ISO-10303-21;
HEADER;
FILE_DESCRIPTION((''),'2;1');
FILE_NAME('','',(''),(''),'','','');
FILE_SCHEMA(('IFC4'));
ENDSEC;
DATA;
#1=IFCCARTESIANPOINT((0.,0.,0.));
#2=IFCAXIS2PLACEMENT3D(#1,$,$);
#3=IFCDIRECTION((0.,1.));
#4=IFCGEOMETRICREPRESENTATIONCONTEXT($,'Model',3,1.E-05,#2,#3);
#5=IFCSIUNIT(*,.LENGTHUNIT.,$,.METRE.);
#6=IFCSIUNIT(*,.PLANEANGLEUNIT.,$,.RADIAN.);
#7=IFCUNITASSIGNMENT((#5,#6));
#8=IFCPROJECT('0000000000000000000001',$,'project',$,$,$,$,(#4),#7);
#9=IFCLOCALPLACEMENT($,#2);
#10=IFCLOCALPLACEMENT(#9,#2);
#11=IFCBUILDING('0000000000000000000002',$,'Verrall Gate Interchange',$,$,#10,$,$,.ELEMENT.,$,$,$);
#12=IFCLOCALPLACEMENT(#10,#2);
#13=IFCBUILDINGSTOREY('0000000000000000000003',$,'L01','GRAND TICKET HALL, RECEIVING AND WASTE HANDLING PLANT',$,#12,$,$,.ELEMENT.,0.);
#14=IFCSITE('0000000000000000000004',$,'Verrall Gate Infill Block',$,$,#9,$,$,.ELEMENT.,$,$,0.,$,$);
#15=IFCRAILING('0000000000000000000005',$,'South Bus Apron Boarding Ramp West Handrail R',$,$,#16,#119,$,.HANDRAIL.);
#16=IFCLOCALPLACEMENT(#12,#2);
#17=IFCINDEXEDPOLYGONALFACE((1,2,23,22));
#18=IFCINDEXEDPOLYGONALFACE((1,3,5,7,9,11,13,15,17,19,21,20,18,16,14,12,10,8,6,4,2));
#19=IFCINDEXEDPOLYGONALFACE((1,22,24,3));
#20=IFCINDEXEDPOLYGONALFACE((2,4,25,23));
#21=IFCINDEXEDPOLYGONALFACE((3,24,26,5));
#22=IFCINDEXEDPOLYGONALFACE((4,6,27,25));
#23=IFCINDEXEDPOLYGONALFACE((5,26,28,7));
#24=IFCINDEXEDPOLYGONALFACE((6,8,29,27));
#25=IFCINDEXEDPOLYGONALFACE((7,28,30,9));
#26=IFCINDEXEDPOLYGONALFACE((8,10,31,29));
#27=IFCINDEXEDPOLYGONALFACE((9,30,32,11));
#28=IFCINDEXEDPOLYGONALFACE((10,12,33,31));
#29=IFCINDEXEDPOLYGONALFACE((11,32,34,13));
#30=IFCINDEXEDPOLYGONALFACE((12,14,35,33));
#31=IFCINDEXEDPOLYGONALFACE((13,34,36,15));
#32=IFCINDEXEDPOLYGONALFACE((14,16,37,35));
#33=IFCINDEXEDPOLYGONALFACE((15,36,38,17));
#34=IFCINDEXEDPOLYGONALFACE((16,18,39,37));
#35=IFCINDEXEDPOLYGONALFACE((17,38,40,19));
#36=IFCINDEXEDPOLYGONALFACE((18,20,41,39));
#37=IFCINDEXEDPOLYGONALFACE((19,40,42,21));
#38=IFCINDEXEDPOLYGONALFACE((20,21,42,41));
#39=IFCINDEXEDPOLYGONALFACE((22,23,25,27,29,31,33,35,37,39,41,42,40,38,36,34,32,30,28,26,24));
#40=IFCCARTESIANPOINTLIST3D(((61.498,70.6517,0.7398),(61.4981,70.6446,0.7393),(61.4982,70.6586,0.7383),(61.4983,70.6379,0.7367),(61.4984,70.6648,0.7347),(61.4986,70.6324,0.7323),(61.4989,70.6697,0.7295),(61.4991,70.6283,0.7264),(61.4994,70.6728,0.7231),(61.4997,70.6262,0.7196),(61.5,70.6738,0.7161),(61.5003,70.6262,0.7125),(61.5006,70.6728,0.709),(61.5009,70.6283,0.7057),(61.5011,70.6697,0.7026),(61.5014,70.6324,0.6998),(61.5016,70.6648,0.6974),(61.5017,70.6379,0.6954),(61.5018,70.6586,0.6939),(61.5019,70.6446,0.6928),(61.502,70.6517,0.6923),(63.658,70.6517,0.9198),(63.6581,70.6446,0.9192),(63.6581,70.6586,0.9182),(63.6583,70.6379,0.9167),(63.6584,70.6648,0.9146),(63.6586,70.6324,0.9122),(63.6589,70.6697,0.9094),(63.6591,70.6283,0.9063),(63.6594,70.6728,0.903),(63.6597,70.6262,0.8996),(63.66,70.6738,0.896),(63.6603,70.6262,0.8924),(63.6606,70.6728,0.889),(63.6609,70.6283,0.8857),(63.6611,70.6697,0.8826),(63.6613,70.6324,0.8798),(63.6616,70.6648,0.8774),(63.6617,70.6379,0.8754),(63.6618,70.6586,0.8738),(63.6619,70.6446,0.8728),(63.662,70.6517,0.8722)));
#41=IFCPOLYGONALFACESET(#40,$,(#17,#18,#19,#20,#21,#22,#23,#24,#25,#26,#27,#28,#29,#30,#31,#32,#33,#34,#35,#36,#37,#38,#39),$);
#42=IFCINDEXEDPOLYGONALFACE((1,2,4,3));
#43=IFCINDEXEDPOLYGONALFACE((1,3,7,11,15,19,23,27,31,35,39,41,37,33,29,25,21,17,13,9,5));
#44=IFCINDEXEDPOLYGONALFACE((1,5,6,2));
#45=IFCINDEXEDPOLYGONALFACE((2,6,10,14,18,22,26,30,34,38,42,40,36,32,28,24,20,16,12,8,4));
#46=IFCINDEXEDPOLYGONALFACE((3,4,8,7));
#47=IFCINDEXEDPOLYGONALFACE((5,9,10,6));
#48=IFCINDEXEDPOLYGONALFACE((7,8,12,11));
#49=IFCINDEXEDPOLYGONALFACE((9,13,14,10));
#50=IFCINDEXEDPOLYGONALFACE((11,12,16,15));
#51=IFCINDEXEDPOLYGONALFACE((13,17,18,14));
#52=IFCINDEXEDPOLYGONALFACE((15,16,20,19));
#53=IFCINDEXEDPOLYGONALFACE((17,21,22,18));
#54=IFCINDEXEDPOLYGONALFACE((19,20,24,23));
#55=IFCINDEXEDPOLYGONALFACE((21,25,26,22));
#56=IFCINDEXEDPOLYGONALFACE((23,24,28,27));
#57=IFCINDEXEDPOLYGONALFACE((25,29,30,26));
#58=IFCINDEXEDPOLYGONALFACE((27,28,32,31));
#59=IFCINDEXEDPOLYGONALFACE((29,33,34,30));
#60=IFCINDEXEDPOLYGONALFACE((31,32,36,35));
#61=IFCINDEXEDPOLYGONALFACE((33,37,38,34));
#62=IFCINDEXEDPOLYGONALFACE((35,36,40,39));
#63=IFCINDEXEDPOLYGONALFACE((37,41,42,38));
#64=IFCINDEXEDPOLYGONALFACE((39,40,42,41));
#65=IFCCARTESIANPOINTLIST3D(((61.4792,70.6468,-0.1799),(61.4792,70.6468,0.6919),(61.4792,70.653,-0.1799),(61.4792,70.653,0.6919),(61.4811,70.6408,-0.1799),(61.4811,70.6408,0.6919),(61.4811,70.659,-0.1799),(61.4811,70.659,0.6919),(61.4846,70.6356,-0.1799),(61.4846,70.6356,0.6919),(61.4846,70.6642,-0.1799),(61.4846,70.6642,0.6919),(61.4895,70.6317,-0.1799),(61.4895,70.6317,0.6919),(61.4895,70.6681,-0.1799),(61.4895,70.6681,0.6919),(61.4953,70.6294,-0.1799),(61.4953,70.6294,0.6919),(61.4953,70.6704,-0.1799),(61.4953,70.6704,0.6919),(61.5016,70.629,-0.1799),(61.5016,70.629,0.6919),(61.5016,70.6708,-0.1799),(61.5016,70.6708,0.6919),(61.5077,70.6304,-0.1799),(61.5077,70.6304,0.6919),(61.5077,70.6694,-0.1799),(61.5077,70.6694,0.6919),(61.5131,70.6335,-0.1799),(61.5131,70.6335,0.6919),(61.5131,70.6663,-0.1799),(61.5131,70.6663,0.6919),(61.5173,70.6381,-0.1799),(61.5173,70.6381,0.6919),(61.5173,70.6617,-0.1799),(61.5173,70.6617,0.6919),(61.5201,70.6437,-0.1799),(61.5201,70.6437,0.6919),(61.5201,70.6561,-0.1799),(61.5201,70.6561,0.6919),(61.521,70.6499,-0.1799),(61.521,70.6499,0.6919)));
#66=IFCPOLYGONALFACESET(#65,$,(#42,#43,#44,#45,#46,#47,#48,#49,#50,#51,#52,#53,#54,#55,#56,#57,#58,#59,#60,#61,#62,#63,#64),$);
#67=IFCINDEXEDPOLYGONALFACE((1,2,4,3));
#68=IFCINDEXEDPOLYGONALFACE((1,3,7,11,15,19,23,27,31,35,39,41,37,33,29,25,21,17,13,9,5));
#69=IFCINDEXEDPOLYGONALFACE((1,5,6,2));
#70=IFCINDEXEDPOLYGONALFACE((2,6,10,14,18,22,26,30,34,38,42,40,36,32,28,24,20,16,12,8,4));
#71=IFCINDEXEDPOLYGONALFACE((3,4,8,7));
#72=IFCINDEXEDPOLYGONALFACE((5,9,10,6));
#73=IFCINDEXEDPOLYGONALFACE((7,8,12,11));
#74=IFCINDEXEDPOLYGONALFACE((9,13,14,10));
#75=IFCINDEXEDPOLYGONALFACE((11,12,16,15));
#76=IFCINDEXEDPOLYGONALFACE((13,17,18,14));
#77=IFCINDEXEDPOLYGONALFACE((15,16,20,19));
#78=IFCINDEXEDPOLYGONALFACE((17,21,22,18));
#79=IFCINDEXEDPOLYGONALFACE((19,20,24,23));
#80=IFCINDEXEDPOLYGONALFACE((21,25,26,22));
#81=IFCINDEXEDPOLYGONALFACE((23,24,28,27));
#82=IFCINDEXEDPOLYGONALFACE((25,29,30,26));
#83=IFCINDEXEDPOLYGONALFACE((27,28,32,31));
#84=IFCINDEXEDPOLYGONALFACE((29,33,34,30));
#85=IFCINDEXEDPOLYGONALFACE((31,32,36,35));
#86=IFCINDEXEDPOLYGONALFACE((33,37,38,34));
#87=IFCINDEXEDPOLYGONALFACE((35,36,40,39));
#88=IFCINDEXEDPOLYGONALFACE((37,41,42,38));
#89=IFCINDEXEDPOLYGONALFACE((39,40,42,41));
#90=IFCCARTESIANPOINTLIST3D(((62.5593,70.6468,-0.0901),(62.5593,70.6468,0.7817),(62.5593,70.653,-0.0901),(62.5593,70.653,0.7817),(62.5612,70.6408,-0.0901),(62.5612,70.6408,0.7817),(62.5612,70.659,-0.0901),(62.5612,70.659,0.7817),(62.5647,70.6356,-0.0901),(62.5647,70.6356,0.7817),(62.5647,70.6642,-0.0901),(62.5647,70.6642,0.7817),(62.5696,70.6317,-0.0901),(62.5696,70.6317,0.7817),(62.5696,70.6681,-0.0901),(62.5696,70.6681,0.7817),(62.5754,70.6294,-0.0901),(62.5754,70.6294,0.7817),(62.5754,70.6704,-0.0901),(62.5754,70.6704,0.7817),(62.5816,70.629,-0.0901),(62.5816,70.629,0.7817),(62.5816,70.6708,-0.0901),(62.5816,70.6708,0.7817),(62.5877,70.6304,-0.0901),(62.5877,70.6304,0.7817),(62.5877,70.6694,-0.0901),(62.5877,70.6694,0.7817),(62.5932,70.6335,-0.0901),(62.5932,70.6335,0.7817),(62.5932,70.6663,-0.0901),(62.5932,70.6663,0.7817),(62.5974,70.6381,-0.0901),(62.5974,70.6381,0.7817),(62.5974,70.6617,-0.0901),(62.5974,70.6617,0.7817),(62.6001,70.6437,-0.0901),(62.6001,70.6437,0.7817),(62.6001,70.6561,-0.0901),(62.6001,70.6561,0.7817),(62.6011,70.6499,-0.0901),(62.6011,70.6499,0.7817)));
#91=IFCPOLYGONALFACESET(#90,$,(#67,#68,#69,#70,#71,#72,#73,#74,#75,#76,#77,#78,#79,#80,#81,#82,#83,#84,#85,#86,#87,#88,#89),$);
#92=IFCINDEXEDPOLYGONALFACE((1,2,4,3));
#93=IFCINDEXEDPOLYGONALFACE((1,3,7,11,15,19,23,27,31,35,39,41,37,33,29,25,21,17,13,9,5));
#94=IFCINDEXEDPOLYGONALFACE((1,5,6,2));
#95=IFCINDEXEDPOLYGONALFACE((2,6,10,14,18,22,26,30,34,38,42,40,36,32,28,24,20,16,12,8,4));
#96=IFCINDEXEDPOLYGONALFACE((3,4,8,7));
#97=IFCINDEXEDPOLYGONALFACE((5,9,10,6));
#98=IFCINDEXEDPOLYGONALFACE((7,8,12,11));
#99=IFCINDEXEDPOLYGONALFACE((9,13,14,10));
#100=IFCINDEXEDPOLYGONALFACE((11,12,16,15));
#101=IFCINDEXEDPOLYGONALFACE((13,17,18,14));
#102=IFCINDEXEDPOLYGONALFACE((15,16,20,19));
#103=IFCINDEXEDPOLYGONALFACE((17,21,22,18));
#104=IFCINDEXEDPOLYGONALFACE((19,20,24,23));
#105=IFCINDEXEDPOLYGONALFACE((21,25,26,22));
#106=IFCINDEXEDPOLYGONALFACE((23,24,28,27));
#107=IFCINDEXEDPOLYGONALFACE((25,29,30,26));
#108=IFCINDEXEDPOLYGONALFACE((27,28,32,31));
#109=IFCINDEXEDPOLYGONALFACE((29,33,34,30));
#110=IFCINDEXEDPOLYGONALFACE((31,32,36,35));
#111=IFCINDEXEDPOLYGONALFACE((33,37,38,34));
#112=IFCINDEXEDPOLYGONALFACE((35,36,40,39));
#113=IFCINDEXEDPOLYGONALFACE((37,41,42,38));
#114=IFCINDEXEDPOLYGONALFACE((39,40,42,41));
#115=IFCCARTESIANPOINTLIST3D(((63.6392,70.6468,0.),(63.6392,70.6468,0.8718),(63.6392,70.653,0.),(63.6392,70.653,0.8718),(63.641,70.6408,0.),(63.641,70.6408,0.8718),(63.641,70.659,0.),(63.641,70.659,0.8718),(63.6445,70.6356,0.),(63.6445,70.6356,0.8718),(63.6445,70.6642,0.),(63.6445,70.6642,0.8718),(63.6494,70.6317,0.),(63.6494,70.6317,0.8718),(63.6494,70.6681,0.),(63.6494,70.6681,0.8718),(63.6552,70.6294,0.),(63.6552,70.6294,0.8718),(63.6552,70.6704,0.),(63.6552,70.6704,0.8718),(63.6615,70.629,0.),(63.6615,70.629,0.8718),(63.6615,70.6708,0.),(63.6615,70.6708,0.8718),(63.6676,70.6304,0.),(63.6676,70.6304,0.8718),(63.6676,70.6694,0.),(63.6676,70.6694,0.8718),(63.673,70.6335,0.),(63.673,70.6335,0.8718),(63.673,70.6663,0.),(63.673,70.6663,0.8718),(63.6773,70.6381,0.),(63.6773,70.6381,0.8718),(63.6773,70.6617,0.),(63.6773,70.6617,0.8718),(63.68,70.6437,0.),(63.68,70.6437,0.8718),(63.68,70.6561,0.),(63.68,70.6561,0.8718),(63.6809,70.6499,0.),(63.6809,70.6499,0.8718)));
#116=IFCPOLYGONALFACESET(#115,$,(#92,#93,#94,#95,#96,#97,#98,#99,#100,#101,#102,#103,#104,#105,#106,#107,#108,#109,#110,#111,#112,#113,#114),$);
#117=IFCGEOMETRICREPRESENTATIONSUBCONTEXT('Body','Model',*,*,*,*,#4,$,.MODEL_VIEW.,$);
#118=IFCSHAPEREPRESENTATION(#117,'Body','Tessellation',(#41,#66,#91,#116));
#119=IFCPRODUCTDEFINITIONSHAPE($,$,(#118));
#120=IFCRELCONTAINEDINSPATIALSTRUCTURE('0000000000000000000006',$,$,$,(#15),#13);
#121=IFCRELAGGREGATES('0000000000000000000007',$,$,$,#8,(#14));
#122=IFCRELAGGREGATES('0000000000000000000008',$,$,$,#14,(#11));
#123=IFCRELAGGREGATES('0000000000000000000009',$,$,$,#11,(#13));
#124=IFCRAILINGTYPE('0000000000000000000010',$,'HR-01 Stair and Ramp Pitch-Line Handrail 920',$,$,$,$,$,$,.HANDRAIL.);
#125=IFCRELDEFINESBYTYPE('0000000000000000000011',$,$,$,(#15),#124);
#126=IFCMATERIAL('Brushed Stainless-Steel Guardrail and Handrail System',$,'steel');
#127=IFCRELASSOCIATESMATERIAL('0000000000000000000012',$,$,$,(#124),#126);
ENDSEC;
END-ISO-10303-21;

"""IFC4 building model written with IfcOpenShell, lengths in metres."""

from ifc_helpers import new_model, si_unit, direction, frame, origin, origin_2d, place, context, subcontext, project, spatial, circle, extrude, material, type_object, element, save


model = new_model("IFC4")

# Units and contexts
model_context = context("Model", 3, precision=1e-05, world=origin(), true_north=direction((0.0, 1.0)))
body_context = subcontext(model_context, "Body", "Model", "MODEL_VIEW")
ifc_project = project(units=[si_unit("LENGTHUNIT", "METRE"), si_unit("PLANEANGLEUNIT", "RADIAN")], contexts=[model_context])

# Site, building, storey
site_placement = place(None, origin())
site = spatial("IfcSite", under=ifc_project, at=site_placement, Name="Verrall Gate Infill Block", CompositionType="ELEMENT", RefElevation=0.0)
building_placement = place(site_placement, origin())
building = spatial("IfcBuilding", under=site, at=building_placement, Name="Verrall Gate Interchange", CompositionType="ELEMENT")
storey_placement = place(building_placement, origin())
storey = spatial("IfcBuildingStorey", under=building, at=storey_placement, Name="L01", Description="GRAND TICKET HALL, RECEIVING AND WASTE HANDLING PLANT", CompositionType="ELEMENT", Elevation=0.0)

# Railing
ifc_material_1 = material(Name="Brushed Stainless-Steel Guardrail and Handrail System", Category="steel")
railing_type = type_object("IfcRailingType", Name="HR-01 Stair and Ramp Pitch-Line Handrail 920", PredefinedType="HANDRAIL", material=ifc_material_1)
for number, where, name in (
    (1, (61.5, 70.6499, -0.1799), "South Bus Apron Boarding Ramp West Handrail R"),
):
    element("IfcRailing", number, at=place(storey_placement, frame(where)), inside=storey, type_object=railing_type, Name=name, PredefinedType="HANDRAIL", context=body_context, shape_type="SweptSolid", body=[
        extrude(circle(Radius=0.0239, at=origin_2d()), frame((0.0, 0.0, 0.896), z_axis=(0.996548, 0.0, 0.083018), x_axis=(0.0, 1.0, 0.0)), (0.0, 0.0, 1.0), 2.1675),
        extrude(circle(Radius=0.021, at=origin_2d()), origin(), (0.0, 0.0, 1.0), 0.8718),
        extrude(circle(Radius=0.021, at=origin_2d()), frame((1.0801, 0.0, 0.0898)), (0.0, 0.0, 1.0), 0.8718),
        extrude(circle(Radius=0.021, at=origin_2d()), frame((2.1599, 0.0, 0.1799)), (0.0, 0.0, 1.0), 0.8718),
    ])

save(model, "model.ifc")
